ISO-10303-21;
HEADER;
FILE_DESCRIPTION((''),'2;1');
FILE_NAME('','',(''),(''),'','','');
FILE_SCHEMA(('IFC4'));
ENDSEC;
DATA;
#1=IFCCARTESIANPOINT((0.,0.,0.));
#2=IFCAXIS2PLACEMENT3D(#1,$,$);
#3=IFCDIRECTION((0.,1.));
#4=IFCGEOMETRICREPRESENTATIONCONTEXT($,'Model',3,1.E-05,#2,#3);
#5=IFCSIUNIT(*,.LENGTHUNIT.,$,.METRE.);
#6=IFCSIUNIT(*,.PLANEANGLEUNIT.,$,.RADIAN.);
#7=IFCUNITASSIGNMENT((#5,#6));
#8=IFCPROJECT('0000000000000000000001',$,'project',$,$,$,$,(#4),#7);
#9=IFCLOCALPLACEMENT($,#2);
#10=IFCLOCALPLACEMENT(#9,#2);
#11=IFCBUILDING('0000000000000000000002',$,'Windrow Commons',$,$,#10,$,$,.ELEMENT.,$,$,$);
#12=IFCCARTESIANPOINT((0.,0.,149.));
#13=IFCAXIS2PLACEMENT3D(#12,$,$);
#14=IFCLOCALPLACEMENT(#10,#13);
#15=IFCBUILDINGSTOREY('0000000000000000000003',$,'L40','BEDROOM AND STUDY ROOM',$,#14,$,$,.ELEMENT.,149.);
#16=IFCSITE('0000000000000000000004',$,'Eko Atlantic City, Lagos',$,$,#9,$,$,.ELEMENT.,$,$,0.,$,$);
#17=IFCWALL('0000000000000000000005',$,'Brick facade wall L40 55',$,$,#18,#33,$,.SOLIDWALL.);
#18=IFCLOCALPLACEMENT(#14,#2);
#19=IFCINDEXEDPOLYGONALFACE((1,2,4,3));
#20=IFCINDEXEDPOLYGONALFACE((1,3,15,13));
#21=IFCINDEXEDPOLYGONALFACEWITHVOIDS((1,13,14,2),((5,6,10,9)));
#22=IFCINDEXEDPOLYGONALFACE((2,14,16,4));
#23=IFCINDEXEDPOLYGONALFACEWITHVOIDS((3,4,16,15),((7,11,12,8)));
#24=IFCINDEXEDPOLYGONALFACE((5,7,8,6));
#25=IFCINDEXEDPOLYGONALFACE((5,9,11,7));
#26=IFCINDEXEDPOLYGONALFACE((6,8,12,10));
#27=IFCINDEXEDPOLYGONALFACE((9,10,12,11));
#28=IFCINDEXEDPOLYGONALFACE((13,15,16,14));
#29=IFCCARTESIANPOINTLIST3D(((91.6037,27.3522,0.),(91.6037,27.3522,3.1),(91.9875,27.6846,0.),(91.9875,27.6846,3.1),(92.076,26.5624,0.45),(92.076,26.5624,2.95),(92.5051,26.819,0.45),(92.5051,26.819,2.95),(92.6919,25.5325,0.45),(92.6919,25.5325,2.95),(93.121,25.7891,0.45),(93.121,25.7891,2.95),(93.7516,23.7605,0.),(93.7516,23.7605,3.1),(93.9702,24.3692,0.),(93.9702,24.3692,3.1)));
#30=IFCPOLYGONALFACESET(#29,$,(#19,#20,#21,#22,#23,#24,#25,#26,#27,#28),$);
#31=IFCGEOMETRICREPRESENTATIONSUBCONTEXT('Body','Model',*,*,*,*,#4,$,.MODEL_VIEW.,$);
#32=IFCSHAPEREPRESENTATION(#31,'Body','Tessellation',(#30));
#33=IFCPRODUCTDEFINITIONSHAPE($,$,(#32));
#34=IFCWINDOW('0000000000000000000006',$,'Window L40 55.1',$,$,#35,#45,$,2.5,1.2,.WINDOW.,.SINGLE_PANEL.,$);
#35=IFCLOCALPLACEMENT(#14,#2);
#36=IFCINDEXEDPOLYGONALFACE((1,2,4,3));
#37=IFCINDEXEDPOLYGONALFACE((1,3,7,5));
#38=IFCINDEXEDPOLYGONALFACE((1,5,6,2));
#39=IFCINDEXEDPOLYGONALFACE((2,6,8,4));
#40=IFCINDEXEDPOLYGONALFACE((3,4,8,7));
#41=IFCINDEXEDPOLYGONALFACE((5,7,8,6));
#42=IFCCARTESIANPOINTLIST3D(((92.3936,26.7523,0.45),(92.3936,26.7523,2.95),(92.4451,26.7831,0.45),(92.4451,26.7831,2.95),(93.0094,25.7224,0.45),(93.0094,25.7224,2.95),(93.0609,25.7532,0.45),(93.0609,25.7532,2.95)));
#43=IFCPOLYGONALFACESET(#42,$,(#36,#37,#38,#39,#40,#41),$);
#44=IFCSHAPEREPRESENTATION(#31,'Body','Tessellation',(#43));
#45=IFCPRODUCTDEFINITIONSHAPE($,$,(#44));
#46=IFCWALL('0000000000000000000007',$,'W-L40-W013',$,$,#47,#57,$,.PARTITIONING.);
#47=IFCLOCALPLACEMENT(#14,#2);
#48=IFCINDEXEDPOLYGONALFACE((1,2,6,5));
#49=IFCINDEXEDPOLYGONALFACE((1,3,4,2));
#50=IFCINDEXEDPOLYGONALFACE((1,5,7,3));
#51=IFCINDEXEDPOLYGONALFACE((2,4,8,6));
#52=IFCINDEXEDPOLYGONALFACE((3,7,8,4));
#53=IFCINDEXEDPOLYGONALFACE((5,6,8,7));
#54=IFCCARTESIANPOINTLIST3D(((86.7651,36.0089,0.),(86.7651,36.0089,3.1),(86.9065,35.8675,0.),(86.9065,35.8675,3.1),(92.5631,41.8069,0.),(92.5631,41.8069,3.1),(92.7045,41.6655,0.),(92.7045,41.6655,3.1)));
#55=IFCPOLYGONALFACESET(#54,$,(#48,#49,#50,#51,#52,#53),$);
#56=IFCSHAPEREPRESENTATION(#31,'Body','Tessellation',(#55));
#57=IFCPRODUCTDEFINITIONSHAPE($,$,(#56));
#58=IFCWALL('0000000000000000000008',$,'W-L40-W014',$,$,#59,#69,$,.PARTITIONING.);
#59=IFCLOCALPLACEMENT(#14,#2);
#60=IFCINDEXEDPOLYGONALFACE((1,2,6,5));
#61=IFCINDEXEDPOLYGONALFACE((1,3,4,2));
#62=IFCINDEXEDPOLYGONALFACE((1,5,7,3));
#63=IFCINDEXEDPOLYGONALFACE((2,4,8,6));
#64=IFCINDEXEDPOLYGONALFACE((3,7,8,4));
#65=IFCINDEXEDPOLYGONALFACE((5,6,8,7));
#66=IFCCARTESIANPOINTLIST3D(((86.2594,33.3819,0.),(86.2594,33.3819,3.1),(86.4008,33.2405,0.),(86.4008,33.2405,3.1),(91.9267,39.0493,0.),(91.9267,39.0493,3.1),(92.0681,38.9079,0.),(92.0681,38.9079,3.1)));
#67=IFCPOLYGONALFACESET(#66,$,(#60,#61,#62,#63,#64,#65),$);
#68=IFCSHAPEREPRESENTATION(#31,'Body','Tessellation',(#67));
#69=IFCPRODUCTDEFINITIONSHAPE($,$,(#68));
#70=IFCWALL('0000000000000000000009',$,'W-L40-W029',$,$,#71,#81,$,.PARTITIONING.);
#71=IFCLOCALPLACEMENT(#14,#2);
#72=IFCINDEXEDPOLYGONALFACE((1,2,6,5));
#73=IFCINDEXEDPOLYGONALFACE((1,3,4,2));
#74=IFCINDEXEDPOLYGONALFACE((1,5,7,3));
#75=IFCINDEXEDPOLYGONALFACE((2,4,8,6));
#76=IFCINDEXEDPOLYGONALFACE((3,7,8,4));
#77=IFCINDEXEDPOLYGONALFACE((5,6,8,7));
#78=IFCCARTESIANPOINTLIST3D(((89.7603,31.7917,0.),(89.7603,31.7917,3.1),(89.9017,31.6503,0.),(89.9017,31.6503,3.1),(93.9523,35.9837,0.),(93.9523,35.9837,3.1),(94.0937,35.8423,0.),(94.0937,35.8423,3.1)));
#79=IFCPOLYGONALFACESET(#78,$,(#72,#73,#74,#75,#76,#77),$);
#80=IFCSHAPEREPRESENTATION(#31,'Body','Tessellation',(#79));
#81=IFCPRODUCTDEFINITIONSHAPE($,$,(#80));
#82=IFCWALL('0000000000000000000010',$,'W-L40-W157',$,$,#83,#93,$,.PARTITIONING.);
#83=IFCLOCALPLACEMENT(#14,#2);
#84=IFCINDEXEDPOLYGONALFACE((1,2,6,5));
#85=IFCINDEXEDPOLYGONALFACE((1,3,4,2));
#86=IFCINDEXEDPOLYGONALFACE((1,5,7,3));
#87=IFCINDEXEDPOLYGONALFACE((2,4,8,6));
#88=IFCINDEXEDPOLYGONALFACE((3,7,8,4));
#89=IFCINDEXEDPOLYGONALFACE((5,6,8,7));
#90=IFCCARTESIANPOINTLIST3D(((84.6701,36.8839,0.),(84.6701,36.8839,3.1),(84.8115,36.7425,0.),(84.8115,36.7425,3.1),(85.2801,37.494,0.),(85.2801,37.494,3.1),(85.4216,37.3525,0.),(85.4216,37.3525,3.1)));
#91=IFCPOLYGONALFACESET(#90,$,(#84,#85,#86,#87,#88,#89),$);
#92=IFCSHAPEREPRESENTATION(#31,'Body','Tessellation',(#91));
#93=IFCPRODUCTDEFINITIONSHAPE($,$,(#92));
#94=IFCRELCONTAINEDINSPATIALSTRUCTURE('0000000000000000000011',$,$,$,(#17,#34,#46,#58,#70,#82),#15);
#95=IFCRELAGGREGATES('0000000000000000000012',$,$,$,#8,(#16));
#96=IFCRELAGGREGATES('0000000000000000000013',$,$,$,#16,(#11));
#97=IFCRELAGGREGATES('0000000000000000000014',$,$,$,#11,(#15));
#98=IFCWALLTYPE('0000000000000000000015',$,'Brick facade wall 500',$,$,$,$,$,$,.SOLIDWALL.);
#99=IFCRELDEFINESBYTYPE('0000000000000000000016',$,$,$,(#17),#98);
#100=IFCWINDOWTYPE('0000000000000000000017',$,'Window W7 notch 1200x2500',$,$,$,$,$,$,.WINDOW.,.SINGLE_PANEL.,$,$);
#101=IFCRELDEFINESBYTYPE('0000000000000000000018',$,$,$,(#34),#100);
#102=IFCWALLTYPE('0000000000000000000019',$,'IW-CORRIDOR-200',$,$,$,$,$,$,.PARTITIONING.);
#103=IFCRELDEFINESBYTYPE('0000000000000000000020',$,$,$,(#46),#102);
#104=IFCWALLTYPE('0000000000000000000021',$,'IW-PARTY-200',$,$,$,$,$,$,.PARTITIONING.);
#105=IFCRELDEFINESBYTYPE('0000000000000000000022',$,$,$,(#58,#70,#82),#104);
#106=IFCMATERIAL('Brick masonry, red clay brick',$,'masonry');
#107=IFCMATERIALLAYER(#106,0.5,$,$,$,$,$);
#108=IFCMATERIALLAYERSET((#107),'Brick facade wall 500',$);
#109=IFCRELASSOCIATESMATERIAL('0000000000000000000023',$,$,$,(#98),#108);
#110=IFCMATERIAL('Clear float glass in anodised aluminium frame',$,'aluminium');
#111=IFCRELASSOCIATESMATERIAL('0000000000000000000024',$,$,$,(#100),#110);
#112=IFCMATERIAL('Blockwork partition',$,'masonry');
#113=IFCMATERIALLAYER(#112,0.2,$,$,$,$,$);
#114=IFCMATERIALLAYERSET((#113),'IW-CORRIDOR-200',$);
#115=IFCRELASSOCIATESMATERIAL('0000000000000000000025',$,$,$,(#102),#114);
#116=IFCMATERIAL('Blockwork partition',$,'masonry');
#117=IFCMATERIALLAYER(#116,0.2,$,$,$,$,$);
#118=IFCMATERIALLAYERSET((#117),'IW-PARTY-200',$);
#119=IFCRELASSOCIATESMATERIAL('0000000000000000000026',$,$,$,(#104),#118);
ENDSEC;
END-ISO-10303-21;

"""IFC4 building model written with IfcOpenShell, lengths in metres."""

from ifc_helpers import new_model, si_unit, direction, frame, frame_2d, origin, place, context, subcontext, project, spatial, polyline, rectangle, outline, extrude, material, layer, layer_set, type_object, element, fill, save


model = new_model("IFC4")

# Units and contexts
model_context = context("Model", 3, precision=1e-05, world=origin(), true_north=direction((0.0, 1.0)))
body_context = subcontext(model_context, "Body", "Model", "MODEL_VIEW")
ifc_project = project(units=[si_unit("LENGTHUNIT", "METRE"), si_unit("PLANEANGLEUNIT", "RADIAN")], contexts=[model_context])

# Site, building, storey
site_placement = place(None, origin())
site = spatial("IfcSite", under=ifc_project, at=site_placement, Name="Eko Atlantic City, Lagos", CompositionType="ELEMENT", RefElevation=0.0)
building_placement = place(site_placement, origin())
building = spatial("IfcBuilding", under=site, at=building_placement, Name="Windrow Commons", CompositionType="ELEMENT")
storey_placement = place(building_placement, frame((0.0, 0.0, 149.0)))
storey = spatial("IfcBuildingStorey", under=building, at=storey_placement, Name="L40", Description="BEDROOM AND STUDY ROOM", CompositionType="ELEMENT", Elevation=149.0)

# Wall, opening, window
ifc_material_1 = material(Name="Brick masonry, red clay brick", Category="masonry")
ifc_layer_1 = layer(ifc_material_1, 0.5)
ifc_layer_set_1 = layer_set([ifc_layer_1], Name="Brick facade wall 500")
wall_type_1 = type_object("IfcWallType", Name="Brick facade wall 500", PredefinedType="SOLIDWALL", material=ifc_layer_set_1)
wall_1_placement = place(storey_placement, frame((91.7956, 27.5184, 0.0), z_axis=(0.0, 0.0, 1.0), x_axis=(0.513242, -0.858244, 0.0)))
wall_1 = element("IfcWall", 1, at=wall_1_placement, inside=storey, type_object=wall_type_1, Name="Brick facade wall L40 55", PredefinedType="SOLIDWALL", context=body_context, shape_type="SweptSolid", body=[
    extrude(outline(polyline([(0.0442, -0.25), (4.2291, -0.25), (3.8189, 0.25), (-0.0442, 0.25), (0.0442, -0.25)])), origin(), (0.0, 0.0, 1.0), 3.1),
])
opening_1_placement = place(wall_1_placement, frame((0.9644, 0.0, 0.45)))
opening_1 = element("IfcOpeningElement", 2, at=opening_1_placement, cuts=wall_1, PredefinedType="OPENING", context=body_context, shape_type="SweptSolid", body=[
    extrude(rectangle(XDim=1.2, YDim=2.5, at=frame_2d((0.6, 1.25))), frame((0.0, 0.26, 0.0), z_axis=(0.0, -1.0, 0.0), x_axis=(1.0, 0.0, 0.0)), (0.0, 0.0, 1.0), 0.52),
])
ifc_material_2 = material(Name="Clear float glass in anodised aluminium frame", Category="aluminium")
window_type_1 = type_object("IfcWindowType", Name="Window W7 notch 1200x2500", PartitioningType="SINGLE_PANEL", PredefinedType="WINDOW", material=ifc_material_2)
window_1_placement = place(opening_1_placement, origin())
window_1 = element("IfcWindow", 3, at=window_1_placement, inside=storey, type_object=window_type_1, Name="Window L40 55.1", OverallHeight=2.5, OverallWidth=1.2, PartitioningType="SINGLE_PANEL", PredefinedType="WINDOW", context=body_context, shape_type="SweptSolid", body=[
    extrude(rectangle(XDim=1.2, YDim=2.5, at=frame_2d((0.6, 1.25))), frame((0.0, 0.18, 0.0), z_axis=(0.0, -1.0, 0.0), x_axis=(1.0, 0.0, 0.0)), (0.0, 0.0, 1.0), 0.06),
])
fill(opening_1, window_1)

# Walls
ifc_material_3 = material(Name="Blockwork partition", Category="masonry")
ifc_layer_2 = layer(ifc_material_3, 0.2)
ifc_layer_set_2 = layer_set([ifc_layer_2], Name="IW-CORRIDOR-200")
wall_type_2 = type_object("IfcWallType", Name="IW-CORRIDOR-200", PredefinedType="PARTITIONING", material=ifc_layer_set_2)
wall_2_placement = place(storey_placement, frame((86.8358, 35.9382, 0.0), z_axis=(0.0, 0.0, 1.0), x_axis=(0.707107, 0.707107, 0.0)))
element("IfcWall", 4, at=wall_2_placement, inside=storey, type_object=wall_type_2, Name="W-L40-W013", PredefinedType="PARTITIONING", context=body_context, shape_type="SweptSolid", body=[
    extrude(rectangle(XDim=8.1996, YDim=0.2, at=frame_2d((4.0998, 0.0))), origin(), (0.0, 0.0, 1.0), 3.1),
])
ifc_material_4 = material(Name="Blockwork partition", Category="masonry")
ifc_layer_3 = layer(ifc_material_4, 0.2)
ifc_layer_set_3 = layer_set([ifc_layer_3], Name="IW-PARTY-200")
wall_type_3 = type_object("IfcWallType", Name="IW-PARTY-200", PredefinedType="PARTITIONING", material=ifc_layer_set_3)
wall_3_placement = place(storey_placement, frame((86.3301, 33.3112, 0.0), z_axis=(0.0, 0.0, 1.0), x_axis=(0.707101, 0.707113, 0.0)))
element("IfcWall", 5, at=wall_3_placement, inside=storey, type_object=wall_type_3, Name="W-L40-W014", PredefinedType="PARTITIONING", context=body_context, shape_type="SweptSolid", body=[
    extrude(rectangle(XDim=8.0148, YDim=0.2, at=frame_2d((4.0074, 0.0))), origin(), (0.0, 0.0, 1.0), 3.1),
])
wall_4_placement = place(storey_placement, frame((89.831, 31.721, 0.0), z_axis=(0.0, 0.0, 1.0), x_axis=(0.707107, 0.707107, 0.0)))
element("IfcWall", 6, at=wall_4_placement, inside=storey, type_object=wall_type_3, Name="W-L40-W029", PredefinedType="PARTITIONING", context=body_context, shape_type="SweptSolid", body=[
    extrude(rectangle(XDim=5.9284, YDim=0.2, at=frame_2d((2.9642, 0.0))), origin(), (0.0, 0.0, 1.0), 3.1),
])
wall_5_placement = place(storey_placement, frame((84.7408, 36.8132, 0.0), z_axis=(0.0, 0.0, 1.0), x_axis=(0.707107, 0.707107, 0.0)))
element("IfcWall", 7, at=wall_5_placement, inside=storey, type_object=wall_type_3, Name="W-L40-W157", PredefinedType="PARTITIONING", context=body_context, shape_type="SweptSolid", body=[
    extrude(rectangle(XDim=0.8627, YDim=0.2, at=frame_2d((0.4314, 0.0))), origin(), (0.0, 0.0, 1.0), 3.1),
])

save(model, "model.ifc")
